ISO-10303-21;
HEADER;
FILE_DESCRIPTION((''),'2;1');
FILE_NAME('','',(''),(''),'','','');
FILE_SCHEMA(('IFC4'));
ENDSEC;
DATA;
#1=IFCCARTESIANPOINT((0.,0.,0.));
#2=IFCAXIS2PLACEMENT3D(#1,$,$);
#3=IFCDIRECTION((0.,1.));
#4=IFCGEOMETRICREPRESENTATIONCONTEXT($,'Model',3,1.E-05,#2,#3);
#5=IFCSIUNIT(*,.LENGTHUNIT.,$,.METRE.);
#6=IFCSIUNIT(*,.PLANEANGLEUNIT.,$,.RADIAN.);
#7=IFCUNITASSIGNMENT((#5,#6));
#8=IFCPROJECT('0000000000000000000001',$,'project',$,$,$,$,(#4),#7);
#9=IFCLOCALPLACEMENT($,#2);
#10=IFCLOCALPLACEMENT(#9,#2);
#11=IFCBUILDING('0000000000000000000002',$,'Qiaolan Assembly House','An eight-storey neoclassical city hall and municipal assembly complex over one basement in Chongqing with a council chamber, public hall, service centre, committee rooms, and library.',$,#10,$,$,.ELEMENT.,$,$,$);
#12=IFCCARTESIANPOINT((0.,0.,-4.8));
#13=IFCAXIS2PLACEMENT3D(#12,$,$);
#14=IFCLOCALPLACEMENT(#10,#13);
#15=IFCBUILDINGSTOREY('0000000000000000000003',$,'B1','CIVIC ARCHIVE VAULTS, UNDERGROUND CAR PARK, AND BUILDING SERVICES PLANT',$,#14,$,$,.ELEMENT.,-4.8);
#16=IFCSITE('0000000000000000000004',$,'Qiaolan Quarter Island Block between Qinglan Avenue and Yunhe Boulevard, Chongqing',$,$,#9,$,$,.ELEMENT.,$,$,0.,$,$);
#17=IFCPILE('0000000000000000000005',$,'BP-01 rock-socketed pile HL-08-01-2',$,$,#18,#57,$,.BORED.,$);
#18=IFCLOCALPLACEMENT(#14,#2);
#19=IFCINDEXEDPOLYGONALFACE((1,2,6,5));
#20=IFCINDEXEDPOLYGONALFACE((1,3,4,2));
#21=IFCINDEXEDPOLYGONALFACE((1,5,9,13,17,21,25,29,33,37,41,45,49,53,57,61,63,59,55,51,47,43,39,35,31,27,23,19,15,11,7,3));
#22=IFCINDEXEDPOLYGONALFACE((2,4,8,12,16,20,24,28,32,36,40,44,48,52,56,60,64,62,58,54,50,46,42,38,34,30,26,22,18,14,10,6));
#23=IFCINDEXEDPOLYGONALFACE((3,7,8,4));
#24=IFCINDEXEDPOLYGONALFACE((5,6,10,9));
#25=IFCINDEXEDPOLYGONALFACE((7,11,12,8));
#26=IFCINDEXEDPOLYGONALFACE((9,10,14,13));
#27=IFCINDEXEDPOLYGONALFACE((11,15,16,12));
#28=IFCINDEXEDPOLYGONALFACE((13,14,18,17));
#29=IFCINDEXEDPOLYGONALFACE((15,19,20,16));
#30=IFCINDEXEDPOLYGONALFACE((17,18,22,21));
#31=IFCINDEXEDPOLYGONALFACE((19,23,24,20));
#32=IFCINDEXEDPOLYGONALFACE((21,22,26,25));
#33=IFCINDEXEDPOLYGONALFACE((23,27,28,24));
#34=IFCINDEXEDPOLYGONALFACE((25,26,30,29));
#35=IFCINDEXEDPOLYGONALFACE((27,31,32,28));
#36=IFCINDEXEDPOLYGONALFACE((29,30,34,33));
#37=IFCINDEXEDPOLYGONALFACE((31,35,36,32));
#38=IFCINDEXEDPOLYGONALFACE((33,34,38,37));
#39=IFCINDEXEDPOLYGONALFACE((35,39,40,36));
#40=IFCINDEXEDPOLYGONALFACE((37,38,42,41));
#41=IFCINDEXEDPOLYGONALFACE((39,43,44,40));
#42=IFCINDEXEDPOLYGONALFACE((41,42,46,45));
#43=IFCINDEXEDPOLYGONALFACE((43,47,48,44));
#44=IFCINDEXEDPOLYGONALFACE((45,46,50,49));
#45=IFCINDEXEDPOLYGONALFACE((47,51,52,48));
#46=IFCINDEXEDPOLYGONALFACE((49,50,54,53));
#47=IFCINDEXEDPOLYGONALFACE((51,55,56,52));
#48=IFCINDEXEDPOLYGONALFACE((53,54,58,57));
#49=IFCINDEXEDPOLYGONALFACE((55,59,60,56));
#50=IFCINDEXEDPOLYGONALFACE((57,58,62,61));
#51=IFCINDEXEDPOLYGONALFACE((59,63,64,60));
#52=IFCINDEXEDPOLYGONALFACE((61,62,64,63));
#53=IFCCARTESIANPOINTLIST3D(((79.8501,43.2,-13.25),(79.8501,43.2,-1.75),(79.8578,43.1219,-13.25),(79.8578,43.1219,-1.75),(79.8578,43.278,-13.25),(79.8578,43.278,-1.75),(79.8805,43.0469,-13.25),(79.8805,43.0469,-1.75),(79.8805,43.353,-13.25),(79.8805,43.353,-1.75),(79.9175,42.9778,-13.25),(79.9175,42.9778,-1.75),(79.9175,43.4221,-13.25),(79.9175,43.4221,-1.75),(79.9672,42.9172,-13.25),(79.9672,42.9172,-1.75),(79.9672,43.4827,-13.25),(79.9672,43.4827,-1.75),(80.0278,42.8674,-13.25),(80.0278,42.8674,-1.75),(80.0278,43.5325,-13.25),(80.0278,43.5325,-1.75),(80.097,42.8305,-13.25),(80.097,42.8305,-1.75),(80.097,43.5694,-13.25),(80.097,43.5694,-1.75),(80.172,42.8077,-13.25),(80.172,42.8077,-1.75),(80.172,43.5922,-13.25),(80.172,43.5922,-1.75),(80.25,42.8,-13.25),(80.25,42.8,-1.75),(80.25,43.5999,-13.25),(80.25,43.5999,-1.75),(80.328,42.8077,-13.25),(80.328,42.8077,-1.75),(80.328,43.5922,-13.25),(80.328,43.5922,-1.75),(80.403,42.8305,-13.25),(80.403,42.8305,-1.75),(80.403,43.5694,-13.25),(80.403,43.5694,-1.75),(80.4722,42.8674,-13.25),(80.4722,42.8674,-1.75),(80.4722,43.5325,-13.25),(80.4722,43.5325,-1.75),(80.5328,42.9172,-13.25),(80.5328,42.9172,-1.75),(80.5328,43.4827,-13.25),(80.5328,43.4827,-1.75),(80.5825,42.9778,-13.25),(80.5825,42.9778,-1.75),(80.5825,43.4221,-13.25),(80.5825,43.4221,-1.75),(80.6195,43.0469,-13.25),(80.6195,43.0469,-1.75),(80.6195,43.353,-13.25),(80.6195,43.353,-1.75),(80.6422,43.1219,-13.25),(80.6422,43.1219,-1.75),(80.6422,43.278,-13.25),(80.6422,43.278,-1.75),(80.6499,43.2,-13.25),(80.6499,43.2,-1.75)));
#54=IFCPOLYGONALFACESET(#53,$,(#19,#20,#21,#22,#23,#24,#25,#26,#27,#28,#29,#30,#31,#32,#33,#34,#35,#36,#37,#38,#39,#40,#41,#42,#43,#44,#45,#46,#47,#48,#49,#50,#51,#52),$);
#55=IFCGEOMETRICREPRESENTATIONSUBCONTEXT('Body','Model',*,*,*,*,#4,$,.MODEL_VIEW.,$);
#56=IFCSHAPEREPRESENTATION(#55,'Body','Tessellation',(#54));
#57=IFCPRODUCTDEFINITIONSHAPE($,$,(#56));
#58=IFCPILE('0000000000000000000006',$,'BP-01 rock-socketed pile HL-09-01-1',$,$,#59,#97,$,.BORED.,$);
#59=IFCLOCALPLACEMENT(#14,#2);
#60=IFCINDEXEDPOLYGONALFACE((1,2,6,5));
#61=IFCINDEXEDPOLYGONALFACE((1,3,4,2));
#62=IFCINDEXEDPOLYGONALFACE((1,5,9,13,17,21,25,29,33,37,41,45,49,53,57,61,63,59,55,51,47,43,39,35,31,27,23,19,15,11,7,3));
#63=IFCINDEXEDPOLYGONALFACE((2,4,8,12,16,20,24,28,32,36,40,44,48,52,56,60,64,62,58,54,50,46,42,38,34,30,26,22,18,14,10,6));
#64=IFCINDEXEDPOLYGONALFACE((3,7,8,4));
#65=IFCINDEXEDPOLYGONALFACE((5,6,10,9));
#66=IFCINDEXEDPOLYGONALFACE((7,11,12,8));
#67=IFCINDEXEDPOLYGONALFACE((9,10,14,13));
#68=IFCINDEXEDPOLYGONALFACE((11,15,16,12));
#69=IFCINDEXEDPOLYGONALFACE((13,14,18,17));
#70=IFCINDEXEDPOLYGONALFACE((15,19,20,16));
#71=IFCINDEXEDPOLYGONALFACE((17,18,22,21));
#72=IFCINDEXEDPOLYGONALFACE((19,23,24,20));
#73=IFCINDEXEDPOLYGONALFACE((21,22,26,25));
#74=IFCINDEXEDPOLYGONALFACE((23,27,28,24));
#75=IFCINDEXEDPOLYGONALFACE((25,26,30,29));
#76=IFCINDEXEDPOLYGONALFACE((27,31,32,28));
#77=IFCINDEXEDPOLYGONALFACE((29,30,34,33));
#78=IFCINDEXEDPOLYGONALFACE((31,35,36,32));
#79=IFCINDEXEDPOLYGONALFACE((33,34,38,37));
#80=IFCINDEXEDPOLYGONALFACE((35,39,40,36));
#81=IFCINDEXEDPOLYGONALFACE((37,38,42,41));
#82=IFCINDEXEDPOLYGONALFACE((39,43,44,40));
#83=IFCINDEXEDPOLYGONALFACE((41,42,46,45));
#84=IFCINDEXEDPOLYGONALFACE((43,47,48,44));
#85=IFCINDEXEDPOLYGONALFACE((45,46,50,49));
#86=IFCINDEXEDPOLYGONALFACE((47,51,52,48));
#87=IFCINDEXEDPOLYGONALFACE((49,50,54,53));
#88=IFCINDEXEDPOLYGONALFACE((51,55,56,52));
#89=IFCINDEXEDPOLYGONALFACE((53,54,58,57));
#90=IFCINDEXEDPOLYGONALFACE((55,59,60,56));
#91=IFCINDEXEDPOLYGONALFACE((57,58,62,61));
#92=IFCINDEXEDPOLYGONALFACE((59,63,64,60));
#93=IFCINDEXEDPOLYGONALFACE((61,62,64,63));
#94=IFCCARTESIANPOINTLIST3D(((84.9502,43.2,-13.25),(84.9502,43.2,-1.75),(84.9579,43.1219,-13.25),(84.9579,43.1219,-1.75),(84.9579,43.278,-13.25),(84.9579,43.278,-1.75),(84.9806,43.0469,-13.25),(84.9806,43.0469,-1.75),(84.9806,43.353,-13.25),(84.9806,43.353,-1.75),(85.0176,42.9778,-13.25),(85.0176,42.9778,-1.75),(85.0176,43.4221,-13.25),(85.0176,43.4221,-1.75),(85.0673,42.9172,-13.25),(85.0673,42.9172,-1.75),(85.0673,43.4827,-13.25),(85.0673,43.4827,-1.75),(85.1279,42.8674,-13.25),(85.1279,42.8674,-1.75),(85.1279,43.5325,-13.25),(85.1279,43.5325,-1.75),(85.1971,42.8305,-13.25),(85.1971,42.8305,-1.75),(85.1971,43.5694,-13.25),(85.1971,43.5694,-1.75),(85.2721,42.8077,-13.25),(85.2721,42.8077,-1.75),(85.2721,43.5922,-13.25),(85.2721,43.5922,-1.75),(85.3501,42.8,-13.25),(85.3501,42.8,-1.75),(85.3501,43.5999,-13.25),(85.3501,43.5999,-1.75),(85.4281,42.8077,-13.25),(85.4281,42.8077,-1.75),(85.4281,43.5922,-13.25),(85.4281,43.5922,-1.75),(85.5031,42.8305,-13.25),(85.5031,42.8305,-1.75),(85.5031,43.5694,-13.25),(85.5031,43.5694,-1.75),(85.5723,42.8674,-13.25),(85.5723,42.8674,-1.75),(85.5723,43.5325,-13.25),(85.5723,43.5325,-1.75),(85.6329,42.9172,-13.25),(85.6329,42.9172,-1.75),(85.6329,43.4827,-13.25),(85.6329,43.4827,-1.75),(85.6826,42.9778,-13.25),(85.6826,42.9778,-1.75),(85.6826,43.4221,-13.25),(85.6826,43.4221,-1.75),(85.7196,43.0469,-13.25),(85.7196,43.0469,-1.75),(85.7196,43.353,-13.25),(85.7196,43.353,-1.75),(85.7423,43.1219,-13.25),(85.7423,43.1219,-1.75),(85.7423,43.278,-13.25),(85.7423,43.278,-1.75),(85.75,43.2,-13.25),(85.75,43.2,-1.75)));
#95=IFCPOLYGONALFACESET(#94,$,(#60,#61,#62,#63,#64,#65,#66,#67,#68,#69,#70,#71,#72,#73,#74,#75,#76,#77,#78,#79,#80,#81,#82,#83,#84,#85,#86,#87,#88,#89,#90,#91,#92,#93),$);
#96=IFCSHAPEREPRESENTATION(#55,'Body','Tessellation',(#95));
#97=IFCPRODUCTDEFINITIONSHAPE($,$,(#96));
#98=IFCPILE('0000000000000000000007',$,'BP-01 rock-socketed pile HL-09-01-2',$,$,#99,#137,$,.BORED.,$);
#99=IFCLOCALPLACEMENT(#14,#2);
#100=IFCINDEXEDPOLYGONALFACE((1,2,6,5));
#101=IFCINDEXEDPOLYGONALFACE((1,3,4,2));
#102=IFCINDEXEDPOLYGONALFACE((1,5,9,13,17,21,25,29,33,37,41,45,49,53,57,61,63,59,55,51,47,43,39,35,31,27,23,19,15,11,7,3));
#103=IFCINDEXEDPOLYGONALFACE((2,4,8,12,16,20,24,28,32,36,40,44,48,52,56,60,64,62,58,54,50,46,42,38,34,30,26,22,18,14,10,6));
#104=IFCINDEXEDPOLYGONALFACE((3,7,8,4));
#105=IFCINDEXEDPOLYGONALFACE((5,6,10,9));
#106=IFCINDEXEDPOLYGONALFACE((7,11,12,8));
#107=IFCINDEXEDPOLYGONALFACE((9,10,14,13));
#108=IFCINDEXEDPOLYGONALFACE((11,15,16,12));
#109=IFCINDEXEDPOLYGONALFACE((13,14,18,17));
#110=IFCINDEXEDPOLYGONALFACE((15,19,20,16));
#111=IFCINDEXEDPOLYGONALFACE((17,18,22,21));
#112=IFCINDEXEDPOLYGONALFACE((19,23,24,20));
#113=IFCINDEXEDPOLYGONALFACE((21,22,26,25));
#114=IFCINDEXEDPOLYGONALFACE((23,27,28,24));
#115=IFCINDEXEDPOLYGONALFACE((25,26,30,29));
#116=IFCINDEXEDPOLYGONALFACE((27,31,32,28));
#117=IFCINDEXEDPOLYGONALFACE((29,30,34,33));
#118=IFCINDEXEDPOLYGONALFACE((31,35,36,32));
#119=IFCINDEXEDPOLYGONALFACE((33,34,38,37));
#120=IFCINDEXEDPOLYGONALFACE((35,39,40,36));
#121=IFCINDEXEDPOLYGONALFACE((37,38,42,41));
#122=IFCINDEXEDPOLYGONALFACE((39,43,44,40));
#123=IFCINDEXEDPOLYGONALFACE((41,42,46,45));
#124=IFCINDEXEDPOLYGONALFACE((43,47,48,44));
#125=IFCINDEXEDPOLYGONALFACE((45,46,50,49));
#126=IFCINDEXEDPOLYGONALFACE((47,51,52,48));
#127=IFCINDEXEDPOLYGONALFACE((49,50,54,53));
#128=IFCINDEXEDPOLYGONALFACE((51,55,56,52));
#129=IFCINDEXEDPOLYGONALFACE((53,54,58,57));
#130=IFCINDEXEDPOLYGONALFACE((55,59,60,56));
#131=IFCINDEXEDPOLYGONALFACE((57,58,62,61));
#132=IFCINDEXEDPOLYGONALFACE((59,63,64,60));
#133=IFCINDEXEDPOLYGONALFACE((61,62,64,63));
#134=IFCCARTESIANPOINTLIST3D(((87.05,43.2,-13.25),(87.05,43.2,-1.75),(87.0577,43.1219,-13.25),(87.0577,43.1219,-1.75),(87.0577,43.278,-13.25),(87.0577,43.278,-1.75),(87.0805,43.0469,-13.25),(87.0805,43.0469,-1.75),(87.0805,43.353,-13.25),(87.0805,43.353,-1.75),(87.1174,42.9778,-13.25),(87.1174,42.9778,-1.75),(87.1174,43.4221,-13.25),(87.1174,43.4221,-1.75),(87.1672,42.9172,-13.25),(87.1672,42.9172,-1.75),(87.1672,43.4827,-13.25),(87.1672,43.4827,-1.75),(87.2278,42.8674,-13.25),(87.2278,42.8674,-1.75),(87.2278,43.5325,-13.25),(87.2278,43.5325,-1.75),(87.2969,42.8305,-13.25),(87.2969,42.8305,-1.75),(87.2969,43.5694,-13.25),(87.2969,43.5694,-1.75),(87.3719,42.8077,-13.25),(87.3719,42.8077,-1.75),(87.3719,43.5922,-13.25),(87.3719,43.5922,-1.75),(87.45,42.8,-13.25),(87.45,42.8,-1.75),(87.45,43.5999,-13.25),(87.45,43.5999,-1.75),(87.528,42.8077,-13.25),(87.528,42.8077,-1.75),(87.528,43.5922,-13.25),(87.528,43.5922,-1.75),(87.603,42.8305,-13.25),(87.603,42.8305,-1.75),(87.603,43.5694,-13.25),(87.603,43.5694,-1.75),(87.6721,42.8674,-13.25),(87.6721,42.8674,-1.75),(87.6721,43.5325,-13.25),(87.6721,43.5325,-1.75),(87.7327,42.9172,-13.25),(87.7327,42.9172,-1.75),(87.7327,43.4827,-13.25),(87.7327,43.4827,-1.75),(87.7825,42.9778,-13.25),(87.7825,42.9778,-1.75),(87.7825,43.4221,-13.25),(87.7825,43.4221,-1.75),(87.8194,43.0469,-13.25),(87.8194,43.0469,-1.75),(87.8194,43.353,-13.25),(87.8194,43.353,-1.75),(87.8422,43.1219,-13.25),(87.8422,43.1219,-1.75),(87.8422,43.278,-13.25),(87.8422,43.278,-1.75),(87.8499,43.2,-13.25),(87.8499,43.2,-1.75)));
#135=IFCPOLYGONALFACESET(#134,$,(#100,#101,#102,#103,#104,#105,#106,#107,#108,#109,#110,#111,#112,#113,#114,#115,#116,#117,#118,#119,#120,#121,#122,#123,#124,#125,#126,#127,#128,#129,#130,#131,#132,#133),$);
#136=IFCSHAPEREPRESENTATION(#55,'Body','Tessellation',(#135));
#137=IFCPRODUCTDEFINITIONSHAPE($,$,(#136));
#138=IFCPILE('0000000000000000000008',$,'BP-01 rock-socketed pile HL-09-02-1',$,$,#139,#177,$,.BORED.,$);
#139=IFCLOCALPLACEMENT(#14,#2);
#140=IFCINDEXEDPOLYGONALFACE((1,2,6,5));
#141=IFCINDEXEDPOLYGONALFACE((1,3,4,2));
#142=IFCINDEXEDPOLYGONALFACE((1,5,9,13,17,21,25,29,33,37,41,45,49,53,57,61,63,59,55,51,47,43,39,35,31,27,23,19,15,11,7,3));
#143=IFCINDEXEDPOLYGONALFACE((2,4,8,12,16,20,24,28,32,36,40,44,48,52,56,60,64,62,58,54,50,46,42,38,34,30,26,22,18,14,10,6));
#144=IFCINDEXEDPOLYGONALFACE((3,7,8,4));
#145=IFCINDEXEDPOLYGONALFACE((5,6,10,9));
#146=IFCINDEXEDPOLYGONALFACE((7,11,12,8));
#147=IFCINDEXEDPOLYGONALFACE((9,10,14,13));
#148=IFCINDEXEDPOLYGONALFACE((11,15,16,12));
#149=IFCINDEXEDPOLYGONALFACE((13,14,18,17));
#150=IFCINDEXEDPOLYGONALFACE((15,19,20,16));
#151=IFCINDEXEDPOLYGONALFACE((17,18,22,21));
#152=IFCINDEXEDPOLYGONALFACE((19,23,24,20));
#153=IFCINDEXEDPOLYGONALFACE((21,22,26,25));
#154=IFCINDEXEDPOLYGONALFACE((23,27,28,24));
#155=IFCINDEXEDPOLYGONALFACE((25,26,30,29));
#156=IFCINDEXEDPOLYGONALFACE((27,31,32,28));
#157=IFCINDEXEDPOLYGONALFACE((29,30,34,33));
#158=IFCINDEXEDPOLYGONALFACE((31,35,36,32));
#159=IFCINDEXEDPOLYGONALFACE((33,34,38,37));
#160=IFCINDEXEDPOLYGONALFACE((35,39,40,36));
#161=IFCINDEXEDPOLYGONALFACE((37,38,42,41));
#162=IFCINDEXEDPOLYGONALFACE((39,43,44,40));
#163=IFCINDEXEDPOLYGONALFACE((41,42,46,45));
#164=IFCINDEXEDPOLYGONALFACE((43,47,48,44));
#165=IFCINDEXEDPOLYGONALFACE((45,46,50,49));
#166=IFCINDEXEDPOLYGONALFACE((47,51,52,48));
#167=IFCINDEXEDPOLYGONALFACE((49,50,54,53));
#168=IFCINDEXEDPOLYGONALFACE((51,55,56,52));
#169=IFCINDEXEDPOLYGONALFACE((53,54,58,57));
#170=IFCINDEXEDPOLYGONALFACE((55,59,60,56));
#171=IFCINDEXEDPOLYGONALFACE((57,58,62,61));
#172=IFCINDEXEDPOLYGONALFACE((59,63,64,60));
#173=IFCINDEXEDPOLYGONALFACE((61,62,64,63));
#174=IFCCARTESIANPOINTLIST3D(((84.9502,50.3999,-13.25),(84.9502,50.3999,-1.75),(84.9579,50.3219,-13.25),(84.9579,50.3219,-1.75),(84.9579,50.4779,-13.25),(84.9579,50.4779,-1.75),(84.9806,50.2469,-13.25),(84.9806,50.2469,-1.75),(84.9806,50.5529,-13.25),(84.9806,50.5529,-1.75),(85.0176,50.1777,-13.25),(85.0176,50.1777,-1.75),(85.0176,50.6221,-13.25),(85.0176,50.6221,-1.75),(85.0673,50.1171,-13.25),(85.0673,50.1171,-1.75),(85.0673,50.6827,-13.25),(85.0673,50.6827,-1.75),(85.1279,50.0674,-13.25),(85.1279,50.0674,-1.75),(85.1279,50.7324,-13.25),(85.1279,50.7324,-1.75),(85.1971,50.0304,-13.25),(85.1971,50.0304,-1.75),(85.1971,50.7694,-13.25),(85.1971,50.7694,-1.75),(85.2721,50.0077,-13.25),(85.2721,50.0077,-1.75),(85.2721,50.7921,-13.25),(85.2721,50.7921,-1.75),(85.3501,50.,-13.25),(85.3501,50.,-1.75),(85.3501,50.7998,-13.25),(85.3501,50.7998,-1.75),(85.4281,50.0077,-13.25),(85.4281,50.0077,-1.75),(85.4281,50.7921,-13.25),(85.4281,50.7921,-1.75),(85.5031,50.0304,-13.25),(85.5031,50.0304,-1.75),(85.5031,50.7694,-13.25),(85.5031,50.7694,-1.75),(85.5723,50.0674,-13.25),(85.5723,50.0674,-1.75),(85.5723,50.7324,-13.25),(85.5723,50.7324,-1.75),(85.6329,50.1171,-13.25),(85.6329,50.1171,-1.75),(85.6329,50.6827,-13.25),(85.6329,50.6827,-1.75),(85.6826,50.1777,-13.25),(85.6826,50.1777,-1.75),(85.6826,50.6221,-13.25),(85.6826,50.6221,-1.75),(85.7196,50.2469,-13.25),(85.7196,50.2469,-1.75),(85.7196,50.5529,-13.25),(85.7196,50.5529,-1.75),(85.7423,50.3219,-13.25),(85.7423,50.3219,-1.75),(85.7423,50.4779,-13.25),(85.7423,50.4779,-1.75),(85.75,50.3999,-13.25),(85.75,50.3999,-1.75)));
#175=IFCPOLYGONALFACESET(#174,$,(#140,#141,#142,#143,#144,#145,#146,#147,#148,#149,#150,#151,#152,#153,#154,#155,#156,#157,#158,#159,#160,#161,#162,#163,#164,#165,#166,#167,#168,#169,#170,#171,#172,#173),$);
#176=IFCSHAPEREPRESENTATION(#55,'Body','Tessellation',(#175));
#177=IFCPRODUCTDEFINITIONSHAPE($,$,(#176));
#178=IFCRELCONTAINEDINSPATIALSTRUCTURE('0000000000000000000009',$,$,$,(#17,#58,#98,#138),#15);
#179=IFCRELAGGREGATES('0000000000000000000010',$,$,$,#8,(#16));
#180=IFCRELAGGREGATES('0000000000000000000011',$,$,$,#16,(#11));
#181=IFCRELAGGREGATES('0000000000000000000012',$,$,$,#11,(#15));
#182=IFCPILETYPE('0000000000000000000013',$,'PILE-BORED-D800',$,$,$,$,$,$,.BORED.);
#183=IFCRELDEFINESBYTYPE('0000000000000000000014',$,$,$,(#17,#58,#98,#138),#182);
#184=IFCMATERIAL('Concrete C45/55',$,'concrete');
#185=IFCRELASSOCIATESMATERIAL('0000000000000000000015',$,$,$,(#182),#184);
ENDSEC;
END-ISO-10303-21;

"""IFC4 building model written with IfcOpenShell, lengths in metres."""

from ifc_helpers import new_model, si_unit, direction, frame, origin, origin_2d, place, context, subcontext, project, spatial, circle, extrude, material, material_profile, profile_set, type_object, element, save


model = new_model("IFC4")

# Units and contexts
model_context = context("Model", 3, precision=1e-05, world=origin(), true_north=direction((0.0, 1.0)))
body_context = subcontext(model_context, "Body", "Model", "MODEL_VIEW")
ifc_project = project(units=[si_unit("LENGTHUNIT", "METRE"), si_unit("PLANEANGLEUNIT", "RADIAN")], contexts=[model_context])

# Site, building, storey
site_placement = place(None, origin())
site = spatial("IfcSite", under=ifc_project, at=site_placement, Name="Qiaolan Quarter Island Block between Qinglan Avenue and Yunhe Boulevard, Chongqing", CompositionType="ELEMENT", RefElevation=0.0)
building_placement = place(site_placement, origin())
building = spatial("IfcBuilding", under=site, at=building_placement, Name="Qiaolan Assembly House", Description="An eight-storey neoclassical city hall and municipal assembly complex over one basement in Chongqing with a council chamber, public hall, service centre, committee rooms, and library.", CompositionType="ELEMENT")
storey_placement = place(building_placement, frame((0.0, 0.0, -4.8)))
storey = spatial("IfcBuildingStorey", under=building, at=storey_placement, Name="B1", Description="CIVIC ARCHIVE VAULTS, UNDERGROUND CAR PARK, AND BUILDING SERVICES PLANT", CompositionType="ELEMENT", Elevation=-4.8)

# Piles
ifc_material_1 = material(Name="Concrete C45/55", Category="concrete")
ifc_material_profile_1 = material_profile(ifc_material_1, circle(Radius=0.3999, at=origin_2d()), Name="PILE D800")
ifc_profile_set_1 = profile_set([ifc_material_profile_1], Name="Concrete C45/55")
pile_type_1 = type_object("IfcPileType", Name="PILE-BORED-D800", PredefinedType="BORED", material=ifc_profile_set_1)
for number, where, z_axis, x_axis, name in (
    (1, (80.25, 43.2, -1.75), (0.0, 0.0, -1.0), (1.0, 0.0, 0.0), "BP-01 rock-socketed pile HL-08-01-2"),
    (2, (85.3501, 43.2, -1.75), (0.0, 0.0, -1.0), (1.0, 0.0, 0.0), "BP-01 rock-socketed pile HL-09-01-1"),
    (3, (87.45, 43.2, -1.75), (0.0, 0.0, -1.0), (1.0, 0.0, 0.0), "BP-01 rock-socketed pile HL-09-01-2"),
    (4, (85.3501, 50.3999, -1.75), (0.0, 0.0, -1.0), (1.0, 0.0, 0.0), "BP-01 rock-socketed pile HL-09-02-1"),
):
    element("IfcPile", number, at=place(storey_placement, frame(where, z_axis=z_axis, x_axis=x_axis)), inside=storey, type_object=pile_type_1, Name=name, PredefinedType="BORED", context=body_context, shape_type="SweptSolid", body=[
        extrude(circle(Radius=0.3999, at=origin_2d()), origin(), (0.0, 0.0, 1.0), 11.5),
    ])

save(model, "model.ifc")
